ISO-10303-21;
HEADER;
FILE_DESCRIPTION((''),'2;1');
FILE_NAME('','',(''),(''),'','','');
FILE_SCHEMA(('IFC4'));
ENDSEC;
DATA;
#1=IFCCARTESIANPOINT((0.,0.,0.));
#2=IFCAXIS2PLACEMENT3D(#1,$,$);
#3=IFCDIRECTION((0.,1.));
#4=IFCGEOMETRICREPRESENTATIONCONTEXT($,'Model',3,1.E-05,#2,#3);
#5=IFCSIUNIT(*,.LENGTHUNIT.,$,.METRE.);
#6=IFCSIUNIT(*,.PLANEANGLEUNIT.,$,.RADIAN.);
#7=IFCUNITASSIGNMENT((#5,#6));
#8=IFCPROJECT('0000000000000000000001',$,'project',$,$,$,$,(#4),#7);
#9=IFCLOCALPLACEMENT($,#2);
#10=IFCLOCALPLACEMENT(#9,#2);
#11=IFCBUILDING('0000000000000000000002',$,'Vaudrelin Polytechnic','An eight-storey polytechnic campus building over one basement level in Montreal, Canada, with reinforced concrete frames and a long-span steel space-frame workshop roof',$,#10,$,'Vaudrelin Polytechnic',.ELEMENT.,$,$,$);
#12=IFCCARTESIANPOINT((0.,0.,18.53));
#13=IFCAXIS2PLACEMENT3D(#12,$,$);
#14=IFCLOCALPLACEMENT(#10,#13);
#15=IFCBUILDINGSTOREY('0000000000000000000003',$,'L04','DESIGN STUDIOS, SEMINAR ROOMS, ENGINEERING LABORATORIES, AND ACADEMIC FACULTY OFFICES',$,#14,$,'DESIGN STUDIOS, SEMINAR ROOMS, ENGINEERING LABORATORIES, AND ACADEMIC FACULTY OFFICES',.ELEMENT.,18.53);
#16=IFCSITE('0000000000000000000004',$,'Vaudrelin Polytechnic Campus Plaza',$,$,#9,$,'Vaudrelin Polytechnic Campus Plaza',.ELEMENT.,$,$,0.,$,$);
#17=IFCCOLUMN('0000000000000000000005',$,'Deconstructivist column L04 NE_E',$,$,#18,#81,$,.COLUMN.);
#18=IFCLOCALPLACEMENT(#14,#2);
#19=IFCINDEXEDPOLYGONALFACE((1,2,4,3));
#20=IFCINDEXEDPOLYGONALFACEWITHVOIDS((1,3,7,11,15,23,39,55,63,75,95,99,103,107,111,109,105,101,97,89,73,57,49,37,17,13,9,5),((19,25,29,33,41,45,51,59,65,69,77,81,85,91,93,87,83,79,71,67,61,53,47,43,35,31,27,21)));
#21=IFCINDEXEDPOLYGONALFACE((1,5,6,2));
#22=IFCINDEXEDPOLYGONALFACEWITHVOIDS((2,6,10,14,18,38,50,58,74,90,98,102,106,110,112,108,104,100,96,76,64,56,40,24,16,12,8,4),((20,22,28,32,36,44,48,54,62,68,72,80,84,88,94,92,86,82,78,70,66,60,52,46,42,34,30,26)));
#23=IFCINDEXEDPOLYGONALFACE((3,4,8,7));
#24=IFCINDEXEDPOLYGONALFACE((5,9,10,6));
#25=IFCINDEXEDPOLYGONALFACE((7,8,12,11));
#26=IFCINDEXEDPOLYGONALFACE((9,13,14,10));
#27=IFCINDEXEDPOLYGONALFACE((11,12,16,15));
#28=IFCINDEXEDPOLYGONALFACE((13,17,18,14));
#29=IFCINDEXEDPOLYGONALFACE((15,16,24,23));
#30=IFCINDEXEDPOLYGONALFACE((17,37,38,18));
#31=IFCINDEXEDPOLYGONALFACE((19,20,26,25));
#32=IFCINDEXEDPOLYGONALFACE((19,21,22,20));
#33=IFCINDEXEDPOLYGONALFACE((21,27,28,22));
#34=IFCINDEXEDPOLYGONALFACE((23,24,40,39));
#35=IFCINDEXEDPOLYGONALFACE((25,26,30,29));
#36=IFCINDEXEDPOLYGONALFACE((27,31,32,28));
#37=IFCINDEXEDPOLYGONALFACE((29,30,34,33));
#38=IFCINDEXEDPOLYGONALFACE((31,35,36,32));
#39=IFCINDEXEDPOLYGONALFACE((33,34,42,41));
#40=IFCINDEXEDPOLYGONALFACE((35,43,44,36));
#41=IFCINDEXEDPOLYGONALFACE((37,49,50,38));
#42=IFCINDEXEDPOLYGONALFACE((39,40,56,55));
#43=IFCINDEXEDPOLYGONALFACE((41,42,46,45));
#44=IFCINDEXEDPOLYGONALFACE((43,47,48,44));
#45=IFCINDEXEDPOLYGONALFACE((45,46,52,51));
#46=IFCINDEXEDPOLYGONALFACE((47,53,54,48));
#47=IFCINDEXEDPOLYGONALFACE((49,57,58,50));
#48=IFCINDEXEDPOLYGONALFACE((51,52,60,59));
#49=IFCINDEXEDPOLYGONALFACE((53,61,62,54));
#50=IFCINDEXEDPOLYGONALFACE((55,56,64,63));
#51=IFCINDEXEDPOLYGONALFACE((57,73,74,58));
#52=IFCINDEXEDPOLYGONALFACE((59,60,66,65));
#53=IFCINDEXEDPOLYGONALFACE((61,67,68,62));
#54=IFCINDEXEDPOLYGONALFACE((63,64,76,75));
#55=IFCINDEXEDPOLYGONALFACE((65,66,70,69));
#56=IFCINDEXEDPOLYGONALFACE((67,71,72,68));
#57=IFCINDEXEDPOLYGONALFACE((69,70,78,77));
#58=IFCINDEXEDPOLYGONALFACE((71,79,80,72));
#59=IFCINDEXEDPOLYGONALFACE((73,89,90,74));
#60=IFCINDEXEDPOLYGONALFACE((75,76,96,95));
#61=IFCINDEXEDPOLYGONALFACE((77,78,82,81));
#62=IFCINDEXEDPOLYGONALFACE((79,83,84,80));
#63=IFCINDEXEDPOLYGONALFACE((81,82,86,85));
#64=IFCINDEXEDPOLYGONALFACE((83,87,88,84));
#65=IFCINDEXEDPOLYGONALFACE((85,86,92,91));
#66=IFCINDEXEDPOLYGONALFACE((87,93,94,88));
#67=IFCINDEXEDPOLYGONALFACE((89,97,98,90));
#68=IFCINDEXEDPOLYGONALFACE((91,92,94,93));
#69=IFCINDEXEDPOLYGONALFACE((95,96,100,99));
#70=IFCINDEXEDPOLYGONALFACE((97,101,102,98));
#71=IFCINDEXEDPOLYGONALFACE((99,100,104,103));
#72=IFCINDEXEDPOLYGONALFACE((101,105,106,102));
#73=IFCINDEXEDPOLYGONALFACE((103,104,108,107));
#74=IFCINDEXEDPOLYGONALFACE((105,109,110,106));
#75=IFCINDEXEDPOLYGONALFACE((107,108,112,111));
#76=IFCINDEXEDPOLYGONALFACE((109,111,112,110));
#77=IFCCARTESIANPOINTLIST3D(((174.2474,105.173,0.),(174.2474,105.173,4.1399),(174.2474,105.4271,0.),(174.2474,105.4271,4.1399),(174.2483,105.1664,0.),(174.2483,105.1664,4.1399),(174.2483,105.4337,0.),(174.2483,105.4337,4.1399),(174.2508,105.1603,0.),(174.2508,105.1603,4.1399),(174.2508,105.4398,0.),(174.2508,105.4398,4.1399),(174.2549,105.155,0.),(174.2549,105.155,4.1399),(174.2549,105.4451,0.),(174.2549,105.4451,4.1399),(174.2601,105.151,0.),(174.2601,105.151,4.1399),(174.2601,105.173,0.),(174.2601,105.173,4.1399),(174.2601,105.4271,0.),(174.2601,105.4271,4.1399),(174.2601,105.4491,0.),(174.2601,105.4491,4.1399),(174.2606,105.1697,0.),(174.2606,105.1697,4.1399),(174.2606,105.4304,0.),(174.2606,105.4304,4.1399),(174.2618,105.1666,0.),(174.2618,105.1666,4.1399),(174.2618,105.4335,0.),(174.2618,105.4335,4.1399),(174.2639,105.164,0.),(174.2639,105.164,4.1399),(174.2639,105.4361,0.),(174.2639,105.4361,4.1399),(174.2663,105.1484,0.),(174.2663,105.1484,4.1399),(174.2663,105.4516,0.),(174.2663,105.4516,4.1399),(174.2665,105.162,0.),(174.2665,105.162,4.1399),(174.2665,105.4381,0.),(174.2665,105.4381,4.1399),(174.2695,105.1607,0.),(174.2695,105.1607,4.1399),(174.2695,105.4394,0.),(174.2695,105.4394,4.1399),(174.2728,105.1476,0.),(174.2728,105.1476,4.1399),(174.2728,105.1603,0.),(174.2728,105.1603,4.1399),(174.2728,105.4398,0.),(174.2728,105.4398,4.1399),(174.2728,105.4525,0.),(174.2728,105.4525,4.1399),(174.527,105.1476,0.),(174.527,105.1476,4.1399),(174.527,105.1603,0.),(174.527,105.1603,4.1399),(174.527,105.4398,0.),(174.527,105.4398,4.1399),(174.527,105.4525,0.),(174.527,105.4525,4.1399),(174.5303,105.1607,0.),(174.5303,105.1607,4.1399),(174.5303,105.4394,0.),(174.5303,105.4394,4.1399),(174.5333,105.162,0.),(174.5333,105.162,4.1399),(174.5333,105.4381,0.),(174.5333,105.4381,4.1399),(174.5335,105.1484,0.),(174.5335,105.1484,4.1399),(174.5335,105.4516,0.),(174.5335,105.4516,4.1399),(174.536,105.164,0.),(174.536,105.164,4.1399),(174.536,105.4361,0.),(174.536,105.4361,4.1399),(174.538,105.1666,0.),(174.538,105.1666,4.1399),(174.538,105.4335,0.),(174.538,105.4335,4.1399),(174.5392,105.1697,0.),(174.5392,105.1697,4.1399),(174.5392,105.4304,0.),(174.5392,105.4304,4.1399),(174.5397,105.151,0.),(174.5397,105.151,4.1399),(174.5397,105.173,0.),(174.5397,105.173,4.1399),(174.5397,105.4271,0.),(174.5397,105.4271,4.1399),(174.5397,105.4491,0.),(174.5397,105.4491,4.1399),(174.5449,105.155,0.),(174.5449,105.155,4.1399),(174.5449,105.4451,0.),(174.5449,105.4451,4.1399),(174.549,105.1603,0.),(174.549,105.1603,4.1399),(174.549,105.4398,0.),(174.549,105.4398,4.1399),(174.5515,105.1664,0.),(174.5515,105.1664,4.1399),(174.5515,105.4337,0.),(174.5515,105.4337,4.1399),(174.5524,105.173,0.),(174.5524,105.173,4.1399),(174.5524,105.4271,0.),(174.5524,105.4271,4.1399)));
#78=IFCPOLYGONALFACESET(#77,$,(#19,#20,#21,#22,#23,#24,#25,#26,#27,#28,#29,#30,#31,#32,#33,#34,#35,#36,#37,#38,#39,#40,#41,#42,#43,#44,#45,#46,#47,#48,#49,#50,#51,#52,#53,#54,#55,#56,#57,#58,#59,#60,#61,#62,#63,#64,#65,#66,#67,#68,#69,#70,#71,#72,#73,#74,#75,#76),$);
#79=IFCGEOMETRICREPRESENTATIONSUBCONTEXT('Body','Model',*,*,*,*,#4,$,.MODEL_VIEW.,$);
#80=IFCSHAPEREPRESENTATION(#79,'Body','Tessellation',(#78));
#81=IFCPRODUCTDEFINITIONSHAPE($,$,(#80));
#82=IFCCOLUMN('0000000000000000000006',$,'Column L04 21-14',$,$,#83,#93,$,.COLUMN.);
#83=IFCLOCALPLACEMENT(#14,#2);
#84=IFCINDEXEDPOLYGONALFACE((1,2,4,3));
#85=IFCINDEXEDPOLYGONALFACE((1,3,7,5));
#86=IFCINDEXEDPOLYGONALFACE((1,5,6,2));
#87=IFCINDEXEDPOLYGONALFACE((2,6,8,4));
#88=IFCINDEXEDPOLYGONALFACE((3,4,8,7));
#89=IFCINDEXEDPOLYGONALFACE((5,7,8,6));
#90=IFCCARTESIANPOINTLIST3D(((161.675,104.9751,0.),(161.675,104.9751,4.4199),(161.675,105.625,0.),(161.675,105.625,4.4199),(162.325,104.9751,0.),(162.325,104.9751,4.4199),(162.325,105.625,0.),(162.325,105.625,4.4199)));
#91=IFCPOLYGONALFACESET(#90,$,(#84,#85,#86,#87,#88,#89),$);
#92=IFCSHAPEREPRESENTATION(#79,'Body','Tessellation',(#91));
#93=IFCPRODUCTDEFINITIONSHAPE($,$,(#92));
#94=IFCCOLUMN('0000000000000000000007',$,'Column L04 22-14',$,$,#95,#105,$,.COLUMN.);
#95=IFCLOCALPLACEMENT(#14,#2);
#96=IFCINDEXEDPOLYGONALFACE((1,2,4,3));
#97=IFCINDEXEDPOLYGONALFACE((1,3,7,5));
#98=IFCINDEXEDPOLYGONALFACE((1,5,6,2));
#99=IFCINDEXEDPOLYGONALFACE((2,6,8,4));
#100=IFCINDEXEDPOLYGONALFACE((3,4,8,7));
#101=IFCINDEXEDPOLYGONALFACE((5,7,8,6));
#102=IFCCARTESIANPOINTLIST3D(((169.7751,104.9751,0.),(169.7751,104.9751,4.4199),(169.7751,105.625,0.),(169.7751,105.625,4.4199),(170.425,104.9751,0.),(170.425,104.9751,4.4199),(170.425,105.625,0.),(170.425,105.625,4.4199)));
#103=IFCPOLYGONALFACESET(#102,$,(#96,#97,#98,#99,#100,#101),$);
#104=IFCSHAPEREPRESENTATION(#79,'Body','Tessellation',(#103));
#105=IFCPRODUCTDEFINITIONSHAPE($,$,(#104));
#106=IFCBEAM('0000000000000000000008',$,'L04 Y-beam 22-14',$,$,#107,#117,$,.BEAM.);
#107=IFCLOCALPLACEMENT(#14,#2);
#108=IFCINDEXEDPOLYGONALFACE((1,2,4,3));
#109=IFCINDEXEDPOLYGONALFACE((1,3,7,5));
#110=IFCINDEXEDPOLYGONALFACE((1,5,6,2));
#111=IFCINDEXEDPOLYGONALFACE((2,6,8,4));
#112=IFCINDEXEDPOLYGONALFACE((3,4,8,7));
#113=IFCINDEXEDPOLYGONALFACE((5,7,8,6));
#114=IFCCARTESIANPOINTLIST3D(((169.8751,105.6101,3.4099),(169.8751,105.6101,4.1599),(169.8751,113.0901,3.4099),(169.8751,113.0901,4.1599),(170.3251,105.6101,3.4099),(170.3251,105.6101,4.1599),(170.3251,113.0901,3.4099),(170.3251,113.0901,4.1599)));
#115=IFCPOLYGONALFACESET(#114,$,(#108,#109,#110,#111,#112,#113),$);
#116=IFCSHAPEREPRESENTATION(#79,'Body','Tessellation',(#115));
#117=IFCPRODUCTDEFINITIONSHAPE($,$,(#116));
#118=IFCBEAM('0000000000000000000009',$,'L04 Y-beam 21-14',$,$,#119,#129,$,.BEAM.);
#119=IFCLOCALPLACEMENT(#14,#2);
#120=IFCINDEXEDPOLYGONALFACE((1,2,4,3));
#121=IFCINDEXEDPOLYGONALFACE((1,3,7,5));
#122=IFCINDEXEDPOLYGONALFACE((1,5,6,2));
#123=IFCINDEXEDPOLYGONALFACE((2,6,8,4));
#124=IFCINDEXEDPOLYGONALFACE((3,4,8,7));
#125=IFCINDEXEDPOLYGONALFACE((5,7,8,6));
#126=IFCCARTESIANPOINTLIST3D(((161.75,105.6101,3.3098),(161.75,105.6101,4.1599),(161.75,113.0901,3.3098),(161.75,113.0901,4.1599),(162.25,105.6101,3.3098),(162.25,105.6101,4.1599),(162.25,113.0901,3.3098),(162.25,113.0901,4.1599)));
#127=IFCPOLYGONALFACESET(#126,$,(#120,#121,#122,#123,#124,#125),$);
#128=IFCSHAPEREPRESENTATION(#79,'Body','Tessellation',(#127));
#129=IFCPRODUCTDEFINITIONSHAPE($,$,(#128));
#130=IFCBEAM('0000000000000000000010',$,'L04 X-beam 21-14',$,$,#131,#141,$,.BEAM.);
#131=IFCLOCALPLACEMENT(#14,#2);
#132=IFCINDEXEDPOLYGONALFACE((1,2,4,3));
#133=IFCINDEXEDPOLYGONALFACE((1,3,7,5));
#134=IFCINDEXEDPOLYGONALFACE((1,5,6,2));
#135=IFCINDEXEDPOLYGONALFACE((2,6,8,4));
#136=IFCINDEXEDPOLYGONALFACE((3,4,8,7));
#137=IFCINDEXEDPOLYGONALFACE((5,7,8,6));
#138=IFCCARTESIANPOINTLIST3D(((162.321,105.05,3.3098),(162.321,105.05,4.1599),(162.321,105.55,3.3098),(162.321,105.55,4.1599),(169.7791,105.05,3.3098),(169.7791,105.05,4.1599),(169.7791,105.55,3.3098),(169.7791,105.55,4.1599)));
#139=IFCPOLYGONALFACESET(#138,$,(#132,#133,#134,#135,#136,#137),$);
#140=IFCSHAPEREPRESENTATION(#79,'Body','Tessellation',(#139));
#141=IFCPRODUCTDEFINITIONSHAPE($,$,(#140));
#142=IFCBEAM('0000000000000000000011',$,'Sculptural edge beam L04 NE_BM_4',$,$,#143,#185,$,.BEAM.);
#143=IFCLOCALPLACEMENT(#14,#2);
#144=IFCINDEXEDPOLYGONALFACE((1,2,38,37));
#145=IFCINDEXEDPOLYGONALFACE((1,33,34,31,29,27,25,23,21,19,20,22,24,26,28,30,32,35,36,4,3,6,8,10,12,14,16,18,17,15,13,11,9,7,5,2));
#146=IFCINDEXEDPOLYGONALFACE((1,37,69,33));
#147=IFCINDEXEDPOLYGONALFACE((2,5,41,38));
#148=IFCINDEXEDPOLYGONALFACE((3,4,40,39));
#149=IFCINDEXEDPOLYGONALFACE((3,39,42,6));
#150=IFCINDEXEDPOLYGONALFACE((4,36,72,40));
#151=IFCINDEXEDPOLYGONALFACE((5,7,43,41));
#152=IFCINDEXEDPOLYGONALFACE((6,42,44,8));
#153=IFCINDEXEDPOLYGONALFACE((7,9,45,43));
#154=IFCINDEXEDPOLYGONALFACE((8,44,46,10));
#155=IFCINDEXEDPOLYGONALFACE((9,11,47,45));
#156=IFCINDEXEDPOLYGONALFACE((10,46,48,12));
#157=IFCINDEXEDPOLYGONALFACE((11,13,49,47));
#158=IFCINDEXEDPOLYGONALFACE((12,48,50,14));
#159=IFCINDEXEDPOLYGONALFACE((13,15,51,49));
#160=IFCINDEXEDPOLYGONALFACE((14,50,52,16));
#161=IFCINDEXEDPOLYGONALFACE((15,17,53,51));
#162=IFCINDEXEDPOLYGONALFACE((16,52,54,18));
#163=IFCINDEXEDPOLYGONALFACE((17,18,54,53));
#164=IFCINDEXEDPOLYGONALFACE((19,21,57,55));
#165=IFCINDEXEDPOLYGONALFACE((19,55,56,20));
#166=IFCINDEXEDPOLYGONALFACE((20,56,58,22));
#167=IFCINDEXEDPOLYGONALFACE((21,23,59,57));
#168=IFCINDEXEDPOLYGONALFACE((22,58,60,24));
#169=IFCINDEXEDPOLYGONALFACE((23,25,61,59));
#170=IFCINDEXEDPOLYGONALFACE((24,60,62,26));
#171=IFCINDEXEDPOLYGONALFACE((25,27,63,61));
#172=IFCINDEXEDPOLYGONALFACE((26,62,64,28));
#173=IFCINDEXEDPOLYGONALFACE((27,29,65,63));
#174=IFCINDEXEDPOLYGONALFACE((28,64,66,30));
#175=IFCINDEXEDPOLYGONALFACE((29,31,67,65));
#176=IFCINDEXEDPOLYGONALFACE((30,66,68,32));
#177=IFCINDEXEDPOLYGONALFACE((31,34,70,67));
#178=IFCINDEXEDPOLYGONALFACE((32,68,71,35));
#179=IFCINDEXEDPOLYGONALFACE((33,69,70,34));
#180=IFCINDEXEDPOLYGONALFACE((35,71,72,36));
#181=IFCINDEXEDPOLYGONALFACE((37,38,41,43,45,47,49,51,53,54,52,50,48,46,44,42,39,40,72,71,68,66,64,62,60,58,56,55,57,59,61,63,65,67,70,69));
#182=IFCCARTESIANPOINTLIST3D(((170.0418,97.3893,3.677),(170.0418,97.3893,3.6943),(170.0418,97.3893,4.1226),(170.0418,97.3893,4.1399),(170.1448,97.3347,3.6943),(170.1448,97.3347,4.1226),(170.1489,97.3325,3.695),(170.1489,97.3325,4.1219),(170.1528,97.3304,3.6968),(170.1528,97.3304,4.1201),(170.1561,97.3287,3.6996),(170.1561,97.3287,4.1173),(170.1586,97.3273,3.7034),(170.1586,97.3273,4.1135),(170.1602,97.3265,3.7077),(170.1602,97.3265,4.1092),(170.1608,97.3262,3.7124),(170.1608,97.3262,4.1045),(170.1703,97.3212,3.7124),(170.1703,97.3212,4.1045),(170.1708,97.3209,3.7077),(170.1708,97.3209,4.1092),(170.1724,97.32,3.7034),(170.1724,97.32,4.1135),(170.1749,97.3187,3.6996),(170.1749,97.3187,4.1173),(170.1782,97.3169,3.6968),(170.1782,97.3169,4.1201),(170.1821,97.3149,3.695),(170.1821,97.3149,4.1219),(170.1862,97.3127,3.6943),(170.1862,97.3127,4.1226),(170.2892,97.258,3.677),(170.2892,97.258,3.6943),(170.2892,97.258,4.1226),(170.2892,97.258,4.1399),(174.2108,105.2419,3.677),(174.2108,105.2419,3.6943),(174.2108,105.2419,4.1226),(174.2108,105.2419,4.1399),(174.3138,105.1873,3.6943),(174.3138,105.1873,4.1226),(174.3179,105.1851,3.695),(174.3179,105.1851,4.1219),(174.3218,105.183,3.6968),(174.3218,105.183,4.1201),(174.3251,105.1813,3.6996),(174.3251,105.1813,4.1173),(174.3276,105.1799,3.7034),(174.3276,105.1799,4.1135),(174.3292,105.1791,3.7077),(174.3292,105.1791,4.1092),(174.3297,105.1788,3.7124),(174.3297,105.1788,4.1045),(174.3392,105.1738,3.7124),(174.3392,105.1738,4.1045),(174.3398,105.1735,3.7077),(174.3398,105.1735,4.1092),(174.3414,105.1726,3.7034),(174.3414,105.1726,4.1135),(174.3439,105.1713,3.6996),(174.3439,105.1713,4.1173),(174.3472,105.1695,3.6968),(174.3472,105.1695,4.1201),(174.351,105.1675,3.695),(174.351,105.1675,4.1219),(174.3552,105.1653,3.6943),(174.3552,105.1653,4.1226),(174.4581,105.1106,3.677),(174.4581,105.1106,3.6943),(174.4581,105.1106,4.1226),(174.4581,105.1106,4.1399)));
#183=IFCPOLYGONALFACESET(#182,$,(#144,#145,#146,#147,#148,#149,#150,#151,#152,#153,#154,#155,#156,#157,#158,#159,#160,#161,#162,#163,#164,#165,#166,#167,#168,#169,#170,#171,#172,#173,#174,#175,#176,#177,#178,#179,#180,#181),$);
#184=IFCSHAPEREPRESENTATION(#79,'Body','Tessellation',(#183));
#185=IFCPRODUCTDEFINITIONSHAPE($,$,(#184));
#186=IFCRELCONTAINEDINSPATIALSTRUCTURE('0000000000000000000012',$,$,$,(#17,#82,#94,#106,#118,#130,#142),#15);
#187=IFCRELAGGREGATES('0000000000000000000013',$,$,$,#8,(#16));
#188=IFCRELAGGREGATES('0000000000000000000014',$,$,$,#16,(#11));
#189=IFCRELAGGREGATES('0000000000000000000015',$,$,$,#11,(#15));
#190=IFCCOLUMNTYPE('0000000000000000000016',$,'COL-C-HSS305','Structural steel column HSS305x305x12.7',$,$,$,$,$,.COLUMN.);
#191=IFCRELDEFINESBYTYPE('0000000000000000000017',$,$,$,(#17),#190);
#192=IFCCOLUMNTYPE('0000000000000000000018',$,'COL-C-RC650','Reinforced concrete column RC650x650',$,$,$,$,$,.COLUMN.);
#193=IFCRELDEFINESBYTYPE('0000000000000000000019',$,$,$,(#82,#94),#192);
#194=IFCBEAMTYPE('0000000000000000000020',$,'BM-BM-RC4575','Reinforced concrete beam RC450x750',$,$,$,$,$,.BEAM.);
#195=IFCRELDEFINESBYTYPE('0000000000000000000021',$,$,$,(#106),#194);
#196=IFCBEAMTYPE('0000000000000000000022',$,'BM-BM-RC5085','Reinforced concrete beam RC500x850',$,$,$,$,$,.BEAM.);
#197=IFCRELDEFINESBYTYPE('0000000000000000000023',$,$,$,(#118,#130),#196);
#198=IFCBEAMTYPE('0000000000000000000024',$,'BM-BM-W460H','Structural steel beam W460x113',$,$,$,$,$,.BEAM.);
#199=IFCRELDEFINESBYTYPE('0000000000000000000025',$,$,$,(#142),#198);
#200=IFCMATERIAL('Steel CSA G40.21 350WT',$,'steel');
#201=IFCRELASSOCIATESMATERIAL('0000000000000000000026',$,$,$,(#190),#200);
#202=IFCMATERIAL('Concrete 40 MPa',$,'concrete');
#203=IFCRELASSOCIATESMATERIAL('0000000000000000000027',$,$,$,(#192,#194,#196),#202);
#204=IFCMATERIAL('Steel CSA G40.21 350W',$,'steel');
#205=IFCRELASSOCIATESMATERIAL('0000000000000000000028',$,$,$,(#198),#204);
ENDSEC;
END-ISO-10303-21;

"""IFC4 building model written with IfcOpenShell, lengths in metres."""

from ifc_helpers import new_model, si_unit, direction, frame, origin, origin_2d, place, context, subcontext, project, spatial, rectangle, hollow_rectangle, i_section, extrude, material, material_profile, profile_set, type_object, element, save


model = new_model("IFC4")

# Units and contexts
model_context = context("Model", 3, precision=1e-05, world=origin(), true_north=direction((0.0, 1.0)))
body_context = subcontext(model_context, "Body", "Model", "MODEL_VIEW")
ifc_project = project(units=[si_unit("LENGTHUNIT", "METRE"), si_unit("PLANEANGLEUNIT", "RADIAN")], contexts=[model_context])

# Site, building, storey
site_placement = place(None, origin())
site = spatial("IfcSite", under=ifc_project, at=site_placement, Name="Vaudrelin Polytechnic Campus Plaza", LongName="Vaudrelin Polytechnic Campus Plaza", CompositionType="ELEMENT", RefElevation=0.0)
building_placement = place(site_placement, origin())
building = spatial("IfcBuilding", under=site, at=building_placement, Name="Vaudrelin Polytechnic", Description="An eight-storey polytechnic campus building over one basement level in Montreal, Canada, with reinforced concrete frames and a long-span steel space-frame workshop roof", LongName="Vaudrelin Polytechnic", CompositionType="ELEMENT")
storey_placement = place(building_placement, frame((0.0, 0.0, 18.53)))
storey = spatial("IfcBuildingStorey", under=building, at=storey_placement, Name="L04", Description="DESIGN STUDIOS, SEMINAR ROOMS, ENGINEERING LABORATORIES, AND ACADEMIC FACULTY OFFICES", LongName="DESIGN STUDIOS, SEMINAR ROOMS, ENGINEERING LABORATORIES, AND ACADEMIC FACULTY OFFICES", CompositionType="ELEMENT", Elevation=18.53)

# Columns
ifc_material_1 = material(Name="Steel CSA G40.21 350WT", Category="steel")
ifc_material_profile_1 = material_profile(ifc_material_1, hollow_rectangle(XDim=0.3049, YDim=0.3049, WallThickness=0.0127, InnerFilletRadius=0.0127, OuterFilletRadius=0.0254, at=origin_2d()), Name="HSS305x305x12.7")
ifc_profile_set_1 = profile_set([ifc_material_profile_1], Name="Steel CSA G40.21 350WT")
column_type_1 = type_object("IfcColumnType", Name="COL-C-HSS305", Description="Structural steel column HSS305x305x12.7", PredefinedType="COLUMN", material=ifc_profile_set_1)
column_placement = place(storey_placement, frame((174.3999, 105.3, 0.0), z_axis=(0.0, 0.0, 1.0), x_axis=(1.0, 0.0, 0.0)))
element("IfcColumn", 1, at=column_placement, inside=storey, type_object=column_type_1, Name="Deconstructivist column L04 NE_E", PredefinedType="COLUMN", context=body_context, shape_type="SweptSolid", body=[
    extrude(hollow_rectangle(XDim=0.3049, YDim=0.3049, WallThickness=0.0127, InnerFilletRadius=0.0127, OuterFilletRadius=0.0254, at=origin_2d()), origin(), (0.0, 0.0, 1.0), 4.1399),
])
ifc_material_2 = material(Name="Concrete 40 MPa", Category="concrete")
ifc_material_profile_2 = material_profile(ifc_material_2, rectangle(XDim=0.6499, YDim=0.6499, at=origin_2d()), Name="RC650x650")
ifc_profile_set_2 = profile_set([ifc_material_profile_2], Name="Concrete 40 MPa")
column_type_2 = type_object("IfcColumnType", Name="COL-C-RC650", Description="Reinforced concrete column RC650x650", PredefinedType="COLUMN", material=ifc_profile_set_2)
for number, where, z_axis, x_axis, name in (
    (2, (162.0, 105.3, 0.0), (0.0, 0.0, 1.0), (1.0, 0.0, 0.0), "Column L04 21-14"),
    (3, (170.1001, 105.3, 0.0), (0.0, 0.0, 1.0), (1.0, 0.0, 0.0), "Column L04 22-14"),
):
    element("IfcColumn", number, at=place(storey_placement, frame(where, z_axis=z_axis, x_axis=x_axis)), inside=storey, type_object=column_type_2, Name=name, PredefinedType="COLUMN", context=body_context, shape_type="SweptSolid", body=[
        extrude(rectangle(XDim=0.6499, YDim=0.6499, at=origin_2d()), origin(), (0.0, 0.0, 1.0), 4.4199),
    ])

# Beams
ifc_material_profile_3 = material_profile(ifc_material_2, rectangle(XDim=0.45, YDim=0.75, at=origin_2d()), Name="RC450x750")
ifc_profile_set_3 = profile_set([ifc_material_profile_3], Name="Concrete 40 MPa")
beam_type_1 = type_object("IfcBeamType", Name="BM-BM-RC4575", Description="Reinforced concrete beam RC450x750", PredefinedType="BEAM", material=ifc_profile_set_3)
beam_1_placement = place(storey_placement, frame((170.1001, 105.6101, 3.7849), z_axis=(0.0, 1.0, 0.0), x_axis=(-1.0, 0.0, 0.0)))
element("IfcBeam", 4, at=beam_1_placement, inside=storey, type_object=beam_type_1, Name="L04 Y-beam 22-14", PredefinedType="BEAM", context=body_context, shape_type="SweptSolid", body=[
    extrude(rectangle(XDim=0.45, YDim=0.75, at=origin_2d()), origin(), (0.0, 0.0, 1.0), 7.48),
])
ifc_material_profile_4 = material_profile(ifc_material_2, rectangle(XDim=0.5, YDim=0.8501, at=origin_2d()), Name="RC500x850")
ifc_profile_set_4 = profile_set([ifc_material_profile_4], Name="Concrete 40 MPa")
beam_type_2 = type_object("IfcBeamType", Name="BM-BM-RC5085", Description="Reinforced concrete beam RC500x850", PredefinedType="BEAM", material=ifc_profile_set_4)
beam_2_placement = place(storey_placement, frame((162.0, 105.6101, 3.7349), z_axis=(0.0, 1.0, 0.0), x_axis=(-1.0, 0.0, 0.0)))
element("IfcBeam", 5, at=beam_2_placement, inside=storey, type_object=beam_type_2, Name="L04 Y-beam 21-14", PredefinedType="BEAM", context=body_context, shape_type="SweptSolid", body=[
    extrude(rectangle(XDim=0.5, YDim=0.8501, at=origin_2d()), origin(), (0.0, 0.0, 1.0), 7.48),
])
beam_3_placement = place(storey_placement, frame((162.321, 105.3, 3.7349), z_axis=(1.0, 0.0, 0.0), x_axis=(0.0, 1.0, 0.0)))
element("IfcBeam", 6, at=beam_3_placement, inside=storey, type_object=beam_type_2, Name="L04 X-beam 21-14", PredefinedType="BEAM", context=body_context, shape_type="SweptSolid", body=[
    extrude(rectangle(XDim=0.5, YDim=0.8501, at=origin_2d()), origin(), (0.0, 0.0, 1.0), 7.458),
])
ifc_material_3 = material(Name="Steel CSA G40.21 350W", Category="steel")
ifc_material_profile_5 = material_profile(ifc_material_3, i_section(OverallWidth=0.28, OverallDepth=0.4629, WebThickness=0.0107, FlangeThickness=0.0173, FilletRadius=0.0181, at=origin_2d()), Name="W460x113")
ifc_profile_set_5 = profile_set([ifc_material_profile_5], Name="Steel CSA G40.21 350W")
beam_type_3 = type_object("IfcBeamType", Name="BM-BM-W460H", Description="Structural steel beam W460x113", PredefinedType="BEAM", material=ifc_profile_set_5)
beam_4_placement = place(storey_placement, frame((174.3345, 105.1763, 3.9084), z_axis=(-0.468917, -0.883242, 0.0), x_axis=(0.883242, -0.468917, 0.0)))
element("IfcBeam", 7, at=beam_4_placement, inside=storey, type_object=beam_type_3, Name="Sculptural edge beam L04 NE_BM_4", PredefinedType="BEAM", context=body_context, shape_type="SweptSolid", body=[
    extrude(i_section(OverallWidth=0.28, OverallDepth=0.4629, WebThickness=0.0107, FlangeThickness=0.0173, FilletRadius=0.0181, at=origin_2d()), origin(), (0.0, 0.0, 1.0), 8.8906),
])

save(model, "model.ifc")
